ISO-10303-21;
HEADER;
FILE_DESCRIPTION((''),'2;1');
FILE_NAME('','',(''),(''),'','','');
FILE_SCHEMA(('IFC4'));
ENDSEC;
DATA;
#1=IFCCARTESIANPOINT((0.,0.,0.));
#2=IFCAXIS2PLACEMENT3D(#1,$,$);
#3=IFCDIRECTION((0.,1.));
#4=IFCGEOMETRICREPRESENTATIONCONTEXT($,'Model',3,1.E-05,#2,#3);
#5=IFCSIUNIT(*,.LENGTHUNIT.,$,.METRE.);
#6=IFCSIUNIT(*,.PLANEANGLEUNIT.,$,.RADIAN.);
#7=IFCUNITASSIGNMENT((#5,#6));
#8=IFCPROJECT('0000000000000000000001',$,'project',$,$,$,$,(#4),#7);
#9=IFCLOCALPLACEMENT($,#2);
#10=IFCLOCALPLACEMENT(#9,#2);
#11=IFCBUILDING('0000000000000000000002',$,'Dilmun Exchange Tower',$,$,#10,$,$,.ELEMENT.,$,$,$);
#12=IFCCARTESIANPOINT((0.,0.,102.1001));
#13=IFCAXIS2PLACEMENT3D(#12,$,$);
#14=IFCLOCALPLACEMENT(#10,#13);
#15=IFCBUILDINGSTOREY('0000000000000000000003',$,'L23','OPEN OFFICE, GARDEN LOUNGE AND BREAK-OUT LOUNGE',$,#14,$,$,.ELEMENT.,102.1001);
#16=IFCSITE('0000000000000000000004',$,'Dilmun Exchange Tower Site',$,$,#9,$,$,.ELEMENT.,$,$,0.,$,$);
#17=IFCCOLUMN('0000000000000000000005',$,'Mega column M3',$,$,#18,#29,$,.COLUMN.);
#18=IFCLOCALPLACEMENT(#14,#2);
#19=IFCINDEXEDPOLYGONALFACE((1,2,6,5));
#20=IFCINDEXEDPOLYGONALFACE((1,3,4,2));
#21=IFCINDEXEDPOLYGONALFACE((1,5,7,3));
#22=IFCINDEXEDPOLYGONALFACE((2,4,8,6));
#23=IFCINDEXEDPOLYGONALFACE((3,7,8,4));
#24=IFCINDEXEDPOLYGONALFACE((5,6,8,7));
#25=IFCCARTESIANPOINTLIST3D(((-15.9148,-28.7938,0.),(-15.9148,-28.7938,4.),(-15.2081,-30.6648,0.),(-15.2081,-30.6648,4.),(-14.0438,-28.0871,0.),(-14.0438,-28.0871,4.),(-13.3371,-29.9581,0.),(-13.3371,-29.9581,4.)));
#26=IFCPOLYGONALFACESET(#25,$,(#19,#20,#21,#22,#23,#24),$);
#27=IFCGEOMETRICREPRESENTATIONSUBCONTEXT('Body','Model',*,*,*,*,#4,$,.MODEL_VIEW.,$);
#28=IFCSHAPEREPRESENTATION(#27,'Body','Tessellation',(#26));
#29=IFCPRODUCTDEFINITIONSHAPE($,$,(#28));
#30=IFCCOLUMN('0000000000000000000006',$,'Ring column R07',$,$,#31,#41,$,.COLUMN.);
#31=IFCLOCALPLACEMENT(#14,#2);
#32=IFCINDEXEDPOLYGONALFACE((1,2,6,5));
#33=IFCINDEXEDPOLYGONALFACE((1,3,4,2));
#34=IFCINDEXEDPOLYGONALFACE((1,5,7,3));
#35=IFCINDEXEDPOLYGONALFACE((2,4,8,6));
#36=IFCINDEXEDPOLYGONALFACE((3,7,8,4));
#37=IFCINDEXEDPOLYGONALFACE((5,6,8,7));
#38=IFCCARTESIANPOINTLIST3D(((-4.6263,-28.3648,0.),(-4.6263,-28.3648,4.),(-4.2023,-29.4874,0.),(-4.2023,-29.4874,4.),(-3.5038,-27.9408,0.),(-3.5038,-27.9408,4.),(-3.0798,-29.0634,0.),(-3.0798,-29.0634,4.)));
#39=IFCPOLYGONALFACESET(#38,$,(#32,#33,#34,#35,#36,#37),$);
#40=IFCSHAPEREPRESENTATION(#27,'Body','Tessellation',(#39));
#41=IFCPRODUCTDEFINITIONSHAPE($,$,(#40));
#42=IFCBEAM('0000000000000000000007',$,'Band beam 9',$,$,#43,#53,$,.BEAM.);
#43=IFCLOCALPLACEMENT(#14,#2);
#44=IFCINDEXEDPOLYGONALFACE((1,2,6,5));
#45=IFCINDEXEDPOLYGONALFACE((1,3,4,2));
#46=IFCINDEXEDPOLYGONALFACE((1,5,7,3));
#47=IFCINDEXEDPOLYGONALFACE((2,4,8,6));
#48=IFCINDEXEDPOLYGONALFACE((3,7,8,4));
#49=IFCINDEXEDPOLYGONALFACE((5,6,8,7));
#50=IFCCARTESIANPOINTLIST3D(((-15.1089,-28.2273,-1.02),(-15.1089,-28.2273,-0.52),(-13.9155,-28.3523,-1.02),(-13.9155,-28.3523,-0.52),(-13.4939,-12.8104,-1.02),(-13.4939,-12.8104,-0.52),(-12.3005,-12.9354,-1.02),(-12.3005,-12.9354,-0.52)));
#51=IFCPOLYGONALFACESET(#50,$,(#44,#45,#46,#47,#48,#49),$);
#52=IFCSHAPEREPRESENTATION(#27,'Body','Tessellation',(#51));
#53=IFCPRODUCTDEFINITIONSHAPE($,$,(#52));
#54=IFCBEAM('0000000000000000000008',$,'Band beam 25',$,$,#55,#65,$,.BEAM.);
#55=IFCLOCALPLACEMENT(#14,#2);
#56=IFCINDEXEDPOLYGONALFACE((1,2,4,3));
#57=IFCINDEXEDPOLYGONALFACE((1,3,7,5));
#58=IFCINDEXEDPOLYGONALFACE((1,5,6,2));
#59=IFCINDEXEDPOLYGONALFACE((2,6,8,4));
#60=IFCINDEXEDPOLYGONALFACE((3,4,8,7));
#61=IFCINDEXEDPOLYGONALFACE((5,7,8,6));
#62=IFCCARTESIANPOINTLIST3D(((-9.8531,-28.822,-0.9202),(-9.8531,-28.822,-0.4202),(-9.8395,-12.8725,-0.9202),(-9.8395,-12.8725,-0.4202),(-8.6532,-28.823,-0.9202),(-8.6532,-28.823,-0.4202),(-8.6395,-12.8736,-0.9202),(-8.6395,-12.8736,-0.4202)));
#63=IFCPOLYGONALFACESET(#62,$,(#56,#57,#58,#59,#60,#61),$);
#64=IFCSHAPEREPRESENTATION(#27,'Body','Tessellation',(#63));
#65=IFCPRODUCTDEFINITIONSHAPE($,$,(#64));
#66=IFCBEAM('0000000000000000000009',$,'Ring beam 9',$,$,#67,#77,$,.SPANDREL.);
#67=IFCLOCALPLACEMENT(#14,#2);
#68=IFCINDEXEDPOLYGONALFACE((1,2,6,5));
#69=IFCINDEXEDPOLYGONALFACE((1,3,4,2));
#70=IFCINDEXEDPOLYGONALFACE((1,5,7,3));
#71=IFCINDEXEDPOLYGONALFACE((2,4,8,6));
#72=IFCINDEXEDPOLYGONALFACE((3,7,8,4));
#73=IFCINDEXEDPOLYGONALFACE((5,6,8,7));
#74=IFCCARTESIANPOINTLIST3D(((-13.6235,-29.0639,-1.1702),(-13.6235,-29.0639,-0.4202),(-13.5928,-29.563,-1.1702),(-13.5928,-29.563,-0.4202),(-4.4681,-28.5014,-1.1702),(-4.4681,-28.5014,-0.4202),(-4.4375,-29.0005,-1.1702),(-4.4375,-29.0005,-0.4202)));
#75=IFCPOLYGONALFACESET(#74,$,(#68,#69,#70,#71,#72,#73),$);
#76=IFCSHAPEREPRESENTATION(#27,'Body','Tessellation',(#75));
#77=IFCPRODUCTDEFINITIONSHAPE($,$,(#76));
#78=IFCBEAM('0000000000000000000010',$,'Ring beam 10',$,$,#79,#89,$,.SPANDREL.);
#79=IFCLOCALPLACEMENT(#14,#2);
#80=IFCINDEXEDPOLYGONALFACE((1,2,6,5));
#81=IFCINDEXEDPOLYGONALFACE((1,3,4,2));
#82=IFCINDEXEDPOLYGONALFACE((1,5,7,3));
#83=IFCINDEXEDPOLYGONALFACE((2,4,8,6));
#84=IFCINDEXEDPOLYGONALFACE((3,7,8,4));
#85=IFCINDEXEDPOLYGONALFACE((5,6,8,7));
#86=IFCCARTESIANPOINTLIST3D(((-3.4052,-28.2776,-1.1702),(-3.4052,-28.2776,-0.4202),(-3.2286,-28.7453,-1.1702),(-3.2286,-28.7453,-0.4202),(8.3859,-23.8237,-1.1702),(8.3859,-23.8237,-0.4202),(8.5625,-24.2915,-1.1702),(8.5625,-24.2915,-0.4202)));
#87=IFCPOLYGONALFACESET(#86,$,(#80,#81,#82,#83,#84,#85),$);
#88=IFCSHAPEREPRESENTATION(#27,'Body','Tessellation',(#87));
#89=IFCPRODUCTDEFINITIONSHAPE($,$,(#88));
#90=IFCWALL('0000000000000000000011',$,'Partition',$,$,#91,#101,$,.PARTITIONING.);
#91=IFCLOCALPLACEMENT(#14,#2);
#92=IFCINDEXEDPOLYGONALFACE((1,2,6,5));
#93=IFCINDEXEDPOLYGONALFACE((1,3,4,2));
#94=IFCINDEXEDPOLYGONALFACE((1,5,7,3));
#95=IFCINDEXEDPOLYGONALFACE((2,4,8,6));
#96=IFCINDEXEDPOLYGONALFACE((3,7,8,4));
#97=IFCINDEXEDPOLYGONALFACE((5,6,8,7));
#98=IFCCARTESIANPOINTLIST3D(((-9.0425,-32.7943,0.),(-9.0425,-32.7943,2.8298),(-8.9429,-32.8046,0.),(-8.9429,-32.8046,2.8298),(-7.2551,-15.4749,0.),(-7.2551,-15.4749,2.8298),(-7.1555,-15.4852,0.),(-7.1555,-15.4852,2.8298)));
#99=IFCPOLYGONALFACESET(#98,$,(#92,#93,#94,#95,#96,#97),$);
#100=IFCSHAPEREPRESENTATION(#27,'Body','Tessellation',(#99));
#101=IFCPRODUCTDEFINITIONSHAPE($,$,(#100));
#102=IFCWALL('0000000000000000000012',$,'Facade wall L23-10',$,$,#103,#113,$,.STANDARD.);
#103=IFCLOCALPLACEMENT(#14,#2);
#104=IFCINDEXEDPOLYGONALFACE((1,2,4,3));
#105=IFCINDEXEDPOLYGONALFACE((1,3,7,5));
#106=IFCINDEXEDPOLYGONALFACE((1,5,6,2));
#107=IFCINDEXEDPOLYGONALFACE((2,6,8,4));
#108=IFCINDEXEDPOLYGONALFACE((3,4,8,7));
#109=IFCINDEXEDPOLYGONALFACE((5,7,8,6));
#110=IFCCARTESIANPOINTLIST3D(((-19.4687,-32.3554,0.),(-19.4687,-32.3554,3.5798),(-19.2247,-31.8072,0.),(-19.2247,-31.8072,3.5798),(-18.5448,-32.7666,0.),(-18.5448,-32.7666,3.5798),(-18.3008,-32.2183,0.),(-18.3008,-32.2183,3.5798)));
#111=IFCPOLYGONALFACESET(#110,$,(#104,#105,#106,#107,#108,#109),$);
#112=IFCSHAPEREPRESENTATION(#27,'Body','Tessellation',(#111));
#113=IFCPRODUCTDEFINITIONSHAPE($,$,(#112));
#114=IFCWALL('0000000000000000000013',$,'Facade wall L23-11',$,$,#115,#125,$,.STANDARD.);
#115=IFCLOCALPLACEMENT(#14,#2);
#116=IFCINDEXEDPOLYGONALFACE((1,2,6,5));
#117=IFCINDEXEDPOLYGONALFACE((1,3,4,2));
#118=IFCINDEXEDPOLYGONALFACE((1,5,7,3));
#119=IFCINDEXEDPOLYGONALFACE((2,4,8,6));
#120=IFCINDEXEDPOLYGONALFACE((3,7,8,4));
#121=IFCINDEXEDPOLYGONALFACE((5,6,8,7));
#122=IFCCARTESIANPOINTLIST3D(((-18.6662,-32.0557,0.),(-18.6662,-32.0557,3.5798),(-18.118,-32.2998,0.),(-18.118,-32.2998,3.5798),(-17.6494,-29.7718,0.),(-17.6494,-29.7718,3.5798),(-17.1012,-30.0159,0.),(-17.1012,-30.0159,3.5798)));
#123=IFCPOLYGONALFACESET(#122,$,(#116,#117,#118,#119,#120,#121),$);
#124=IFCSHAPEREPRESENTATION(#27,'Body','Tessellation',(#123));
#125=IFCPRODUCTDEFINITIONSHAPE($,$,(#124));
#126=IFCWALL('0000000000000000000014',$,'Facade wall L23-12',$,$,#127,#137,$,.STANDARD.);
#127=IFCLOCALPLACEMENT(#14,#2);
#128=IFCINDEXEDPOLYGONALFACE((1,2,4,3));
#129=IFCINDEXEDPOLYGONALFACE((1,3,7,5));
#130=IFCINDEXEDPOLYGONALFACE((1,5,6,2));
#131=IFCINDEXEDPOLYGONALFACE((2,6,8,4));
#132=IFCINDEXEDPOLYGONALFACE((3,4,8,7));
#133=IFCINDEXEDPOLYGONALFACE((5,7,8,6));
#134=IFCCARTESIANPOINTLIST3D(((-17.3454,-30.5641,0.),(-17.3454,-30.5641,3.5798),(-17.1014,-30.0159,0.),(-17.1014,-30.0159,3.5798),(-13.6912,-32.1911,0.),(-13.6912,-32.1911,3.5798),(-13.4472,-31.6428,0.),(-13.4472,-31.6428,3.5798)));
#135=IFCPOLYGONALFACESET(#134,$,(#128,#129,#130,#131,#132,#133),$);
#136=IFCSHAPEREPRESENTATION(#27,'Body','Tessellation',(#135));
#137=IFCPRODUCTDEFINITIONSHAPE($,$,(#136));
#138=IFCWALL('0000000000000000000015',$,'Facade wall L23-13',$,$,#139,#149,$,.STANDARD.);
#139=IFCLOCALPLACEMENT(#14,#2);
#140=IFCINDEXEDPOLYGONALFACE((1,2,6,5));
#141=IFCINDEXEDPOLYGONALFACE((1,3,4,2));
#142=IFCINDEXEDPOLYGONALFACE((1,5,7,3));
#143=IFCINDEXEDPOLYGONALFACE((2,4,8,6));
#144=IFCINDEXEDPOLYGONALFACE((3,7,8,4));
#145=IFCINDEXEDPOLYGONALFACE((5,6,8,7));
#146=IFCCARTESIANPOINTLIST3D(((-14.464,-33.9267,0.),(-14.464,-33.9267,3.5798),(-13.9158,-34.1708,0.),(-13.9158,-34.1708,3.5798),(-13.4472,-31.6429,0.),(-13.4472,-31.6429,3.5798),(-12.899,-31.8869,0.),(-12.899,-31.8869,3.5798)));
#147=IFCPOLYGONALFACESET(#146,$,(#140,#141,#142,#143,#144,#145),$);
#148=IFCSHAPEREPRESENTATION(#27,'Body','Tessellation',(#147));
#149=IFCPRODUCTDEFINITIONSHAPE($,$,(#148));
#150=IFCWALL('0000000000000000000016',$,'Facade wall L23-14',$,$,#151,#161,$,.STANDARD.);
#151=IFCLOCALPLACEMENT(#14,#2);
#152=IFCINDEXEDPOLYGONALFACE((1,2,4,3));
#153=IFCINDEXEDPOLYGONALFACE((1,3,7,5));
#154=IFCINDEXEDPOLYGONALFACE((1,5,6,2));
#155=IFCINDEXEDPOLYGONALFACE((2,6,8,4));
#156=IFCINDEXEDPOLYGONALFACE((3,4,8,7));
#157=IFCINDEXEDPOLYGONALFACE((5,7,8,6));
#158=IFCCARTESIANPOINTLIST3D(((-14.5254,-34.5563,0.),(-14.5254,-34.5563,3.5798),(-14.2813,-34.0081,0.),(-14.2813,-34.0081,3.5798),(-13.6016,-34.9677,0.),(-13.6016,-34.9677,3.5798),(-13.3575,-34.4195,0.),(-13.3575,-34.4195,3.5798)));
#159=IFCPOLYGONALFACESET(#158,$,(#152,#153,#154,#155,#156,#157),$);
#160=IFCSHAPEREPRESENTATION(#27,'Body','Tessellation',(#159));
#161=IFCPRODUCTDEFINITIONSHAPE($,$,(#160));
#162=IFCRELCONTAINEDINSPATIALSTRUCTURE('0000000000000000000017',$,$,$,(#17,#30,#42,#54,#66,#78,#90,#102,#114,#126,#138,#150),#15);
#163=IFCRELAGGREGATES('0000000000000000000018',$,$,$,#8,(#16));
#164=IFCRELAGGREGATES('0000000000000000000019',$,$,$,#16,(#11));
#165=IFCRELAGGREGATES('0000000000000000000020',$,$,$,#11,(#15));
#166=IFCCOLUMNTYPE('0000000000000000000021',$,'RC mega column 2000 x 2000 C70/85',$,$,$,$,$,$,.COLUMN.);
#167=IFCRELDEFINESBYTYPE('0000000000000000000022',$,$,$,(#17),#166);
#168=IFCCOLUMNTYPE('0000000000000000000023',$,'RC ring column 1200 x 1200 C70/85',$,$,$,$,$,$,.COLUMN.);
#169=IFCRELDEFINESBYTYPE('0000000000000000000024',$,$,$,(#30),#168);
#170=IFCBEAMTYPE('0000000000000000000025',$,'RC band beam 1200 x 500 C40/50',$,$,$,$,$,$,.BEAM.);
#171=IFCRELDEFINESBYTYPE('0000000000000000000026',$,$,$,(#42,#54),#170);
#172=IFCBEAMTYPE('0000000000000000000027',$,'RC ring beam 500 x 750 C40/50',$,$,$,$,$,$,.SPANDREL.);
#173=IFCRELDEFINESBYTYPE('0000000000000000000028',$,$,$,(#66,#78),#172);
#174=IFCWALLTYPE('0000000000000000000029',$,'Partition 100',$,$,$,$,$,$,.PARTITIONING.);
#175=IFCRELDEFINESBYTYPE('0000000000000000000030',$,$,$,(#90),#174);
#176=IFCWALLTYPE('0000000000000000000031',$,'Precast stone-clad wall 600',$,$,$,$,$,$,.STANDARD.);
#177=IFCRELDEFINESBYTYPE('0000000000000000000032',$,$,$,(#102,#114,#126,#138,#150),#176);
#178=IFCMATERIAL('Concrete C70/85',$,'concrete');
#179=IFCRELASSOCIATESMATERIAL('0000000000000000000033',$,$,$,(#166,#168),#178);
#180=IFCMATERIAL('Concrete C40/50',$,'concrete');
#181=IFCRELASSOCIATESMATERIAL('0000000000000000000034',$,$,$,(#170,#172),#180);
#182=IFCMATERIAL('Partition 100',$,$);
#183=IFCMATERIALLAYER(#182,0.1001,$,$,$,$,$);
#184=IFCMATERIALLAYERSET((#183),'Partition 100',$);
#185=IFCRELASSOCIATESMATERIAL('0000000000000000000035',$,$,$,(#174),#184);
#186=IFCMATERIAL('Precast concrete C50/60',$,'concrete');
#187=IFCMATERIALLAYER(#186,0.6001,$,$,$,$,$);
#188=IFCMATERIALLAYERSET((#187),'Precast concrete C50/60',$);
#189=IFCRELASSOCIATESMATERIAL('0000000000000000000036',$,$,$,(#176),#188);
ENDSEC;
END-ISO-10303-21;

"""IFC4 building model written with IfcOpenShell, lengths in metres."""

from ifc_helpers import new_model, si_unit, direction, frame, frame_2d, origin, origin_2d, place, context, subcontext, project, spatial, rectangle, extrude, material, layer, layer_set, material_profile, profile_set, type_object, element, save


model = new_model("IFC4")

# Units and contexts
model_context = context("Model", 3, precision=1e-05, world=origin(), true_north=direction((0.0, 1.0)))
body_context = subcontext(model_context, "Body", "Model", "MODEL_VIEW")
ifc_project = project(units=[si_unit("LENGTHUNIT", "METRE"), si_unit("PLANEANGLEUNIT", "RADIAN")], contexts=[model_context])

# Site, building, storey
site_placement = place(None, origin())
site = spatial("IfcSite", under=ifc_project, at=site_placement, Name="Dilmun Exchange Tower Site", CompositionType="ELEMENT", RefElevation=0.0)
building_placement = place(site_placement, origin())
building = spatial("IfcBuilding", under=site, at=building_placement, Name="Dilmun Exchange Tower", CompositionType="ELEMENT")
storey_placement = place(building_placement, frame((0.0, 0.0, 102.1001)))
storey = spatial("IfcBuildingStorey", under=building, at=storey_placement, Name="L23", Description="OPEN OFFICE, GARDEN LOUNGE AND BREAK-OUT LOUNGE", CompositionType="ELEMENT", Elevation=102.1001)

# Columns
ifc_material_1 = material(Name="Concrete C70/85", Category="concrete")
ifc_material_profile_1 = material_profile(ifc_material_1, rectangle(XDim=2.0, YDim=2.0, at=origin_2d()), Name="2000 x 2000")
ifc_profile_set_1 = profile_set([ifc_material_profile_1], Name="Concrete C70/85")
column_type_1 = type_object("IfcColumnType", Name="RC mega column 2000 x 2000 C70/85", PredefinedType="COLUMN", material=ifc_profile_set_1)
column_1_placement = place(storey_placement, frame((-14.626, -29.376, 0.0), z_axis=(0.0, 0.0, 1.0), x_axis=(0.935492, 0.353349, 0.0)))
element("IfcColumn", 1, at=column_1_placement, inside=storey, type_object=column_type_1, Name="Mega column M3", PredefinedType="COLUMN", context=body_context, shape_type="SweptSolid", body=[
    extrude(rectangle(XDim=2.0, YDim=2.0, at=origin_2d()), origin(), (0.0, 0.0, 1.0), 4.0),
])
ifc_material_profile_2 = material_profile(ifc_material_1, rectangle(XDim=1.2, YDim=1.2, at=origin_2d()), Name="1200 x 1200")
ifc_profile_set_2 = profile_set([ifc_material_profile_2], Name="Concrete C70/85")
column_type_2 = type_object("IfcColumnType", Name="RC ring column 1200 x 1200 C70/85", PredefinedType="COLUMN", material=ifc_profile_set_2)
column_2_placement = place(storey_placement, frame((-3.853, -28.7141, 0.0), z_axis=(0.0, 0.0, 1.0), x_axis=(0.935492, 0.353349, 0.0)))
element("IfcColumn", 2, at=column_2_placement, inside=storey, type_object=column_type_2, Name="Ring column R07", PredefinedType="COLUMN", context=body_context, shape_type="SweptSolid", body=[
    extrude(rectangle(XDim=1.2, YDim=1.2, at=origin_2d()), origin(), (0.0, 0.0, 1.0), 4.0),
])

# Beams
ifc_material_2 = material(Name="Concrete C40/50", Category="concrete")
ifc_material_profile_3 = material_profile(ifc_material_2, rectangle(XDim=1.2, YDim=0.5, at=origin_2d()), Name="1200 x 500")
ifc_profile_set_3 = profile_set([ifc_material_profile_3], Name="Concrete C40/50")
beam_type_1 = type_object("IfcBeamType", Name="RC band beam 1200 x 500 C40/50", PredefinedType="BEAM", material=ifc_profile_set_3)
beam_1_placement = place(storey_placement, frame((-14.5122, -28.2898, -0.77), z_axis=(0.104185, 0.994558, 0.0), x_axis=(-0.994558, 0.104185, 0.0)))
element("IfcBeam", 3, at=beam_1_placement, inside=storey, type_object=beam_type_1, Name="Band beam 9", PredefinedType="BEAM", context=body_context, shape_type="SweptSolid", body=[
    extrude(rectangle(XDim=1.2, YDim=0.5, at=origin_2d()), origin(), (0.0, 0.0, 1.0), 15.5012),
])
beam_2_placement = place(storey_placement, frame((-9.2532, -28.8225, -0.6702), z_axis=(0.000857, 1.0, 0.0), x_axis=(-1.0, 0.000857, 0.0)))
element("IfcBeam", 4, at=beam_2_placement, inside=storey, type_object=beam_type_1, Name="Band beam 25", PredefinedType="BEAM", context=body_context, shape_type="SweptSolid", body=[
    extrude(rectangle(XDim=1.2, YDim=0.5, at=origin_2d()), origin(), (0.0, 0.0, 1.0), 15.9495),
])
ifc_material_profile_4 = material_profile(ifc_material_2, rectangle(XDim=0.5, YDim=0.75, at=origin_2d()), Name="500 x 750")
ifc_profile_set_4 = profile_set([ifc_material_profile_4], Name="Concrete C40/50")
beam_type_2 = type_object("IfcBeamType", Name="RC ring beam 500 x 750 C40/50", PredefinedType="SPANDREL", material=ifc_profile_set_4)
beam_3_placement = place(storey_placement, frame((-13.6082, -29.3135, -0.7952), z_axis=(0.998118, 0.061324, 0.0), x_axis=(-0.061324, 0.998118, 0.0)))
element("IfcBeam", 5, at=beam_3_placement, inside=storey, type_object=beam_type_2, Name="Ring beam 9", PredefinedType="SPANDREL", context=body_context, shape_type="SweptSolid", body=[
    extrude(rectangle(XDim=0.5, YDim=0.75, at=origin_2d()), origin(), (0.0, 0.0, 1.0), 9.1726),
])
beam_4_placement = place(storey_placement, frame((-3.3169, -28.5115, -0.7952), z_axis=(0.935486, 0.353364, 0.0), x_axis=(-0.353364, 0.935486, 0.0)))
element("IfcBeam", 6, at=beam_4_placement, inside=storey, type_object=beam_type_2, Name="Ring beam 10", PredefinedType="SPANDREL", context=body_context, shape_type="SweptSolid", body=[
    extrude(rectangle(XDim=0.5, YDim=0.75, at=origin_2d()), origin(), (0.0, 0.0, 1.0), 12.6042),
])

# Walls
ifc_material_3 = material(Name="Partition 100")
ifc_layer_1 = layer(ifc_material_3, 0.1001)
ifc_layer_set_1 = layer_set([ifc_layer_1], Name="Partition 100")
wall_type_1 = type_object("IfcWallType", Name="Partition 100", PredefinedType="PARTITIONING", material=ifc_layer_set_1)
wall_1_placement = place(storey_placement, frame((-8.9927, -32.7993, 0.0), z_axis=(0.0, 0.0, 1.0), x_axis=(0.102655, 0.994717, 0.0)))
element("IfcWall", 7, at=wall_1_placement, inside=storey, type_object=wall_type_1, Name="Partition", PredefinedType="PARTITIONING", context=body_context, shape_type="SweptSolid", body=[
    extrude(rectangle(XDim=17.4114, YDim=0.1001, at=frame_2d((8.7056, 0.0))), origin(), (0.0, 0.0, 1.0), 2.8298),
])
ifc_material_4 = material(Name="Precast concrete C50/60", Category="concrete")
ifc_layer_2 = layer(ifc_material_4, 0.6001)
ifc_layer_set_2 = layer_set([ifc_layer_2], Name="Precast concrete C50/60")
wall_type_2 = type_object("IfcWallType", Name="Precast stone-clad wall 600", PredefinedType="STANDARD", material=ifc_layer_set_2)
wall_2_placement = place(storey_placement, frame((-19.3467, -32.0813, 0.0), z_axis=(0.0, 0.0, 1.0), x_axis=(0.913612, -0.406586, 0.0)))
element("IfcWall", 8, at=wall_2_placement, inside=storey, type_object=wall_type_2, Name="Facade wall L23-10", PredefinedType="STANDARD", context=body_context, shape_type="SweptSolid", body=[
    extrude(rectangle(XDim=1.0112, YDim=0.6001, at=frame_2d((0.5056, 0.0))), origin(), (0.0, 0.0, 1.0), 3.5798),
])
wall_3_placement = place(storey_placement, frame((-18.3921, -32.1777, 0.0), z_axis=(0.0, 0.0, 1.0), x_axis=(0.406727, 0.91355, 0.0)))
element("IfcWall", 9, at=wall_3_placement, inside=storey, type_object=wall_type_2, Name="Facade wall L23-11", PredefinedType="STANDARD", context=body_context, shape_type="SweptSolid", body=[
    extrude(rectangle(XDim=2.5, YDim=0.6001, at=frame_2d((1.25, 0.0))), origin(), (0.0, 0.0, 1.0), 3.5798),
])
wall_4_placement = place(storey_placement, frame((-17.2234, -30.29, 0.0), z_axis=(0.0, 0.0, 1.0), x_axis=(0.91355, -0.406727, 0.0)))
element("IfcWall", 10, at=wall_4_placement, inside=storey, type_object=wall_type_2, Name="Facade wall L23-12", PredefinedType="STANDARD", context=body_context, shape_type="SweptSolid", body=[
    extrude(rectangle(XDim=4.0, YDim=0.6001, at=frame_2d((2.0, 0.0))), origin(), (0.0, 0.0, 1.0), 3.5798),
])
wall_5_placement = place(storey_placement, frame((-13.1731, -31.7649, 0.0), z_axis=(0.0, 0.0, 1.0), x_axis=(-0.406727, -0.91355, 0.0)))
element("IfcWall", 11, at=wall_5_placement, inside=storey, type_object=wall_type_2, Name="Facade wall L23-13", PredefinedType="STANDARD", context=body_context, shape_type="SweptSolid", body=[
    extrude(rectangle(XDim=2.5, YDim=0.6001, at=frame_2d((1.25, 0.0))), origin(), (0.0, 0.0, 1.0), 3.5798),
])
wall_6_placement = place(storey_placement, frame((-14.4033, -34.2822, 0.0), z_axis=(0.0, 0.0, 1.0), x_axis=(0.913523, -0.406788, 0.0)))
element("IfcWall", 12, at=wall_6_placement, inside=storey, type_object=wall_type_2, Name="Facade wall L23-14", PredefinedType="STANDARD", context=body_context, shape_type="SweptSolid", body=[
    extrude(rectangle(XDim=1.0112, YDim=0.6001, at=frame_2d((0.5056, 0.0))), origin(), (0.0, 0.0, 1.0), 3.5798),
])

save(model, "model.ifc")
